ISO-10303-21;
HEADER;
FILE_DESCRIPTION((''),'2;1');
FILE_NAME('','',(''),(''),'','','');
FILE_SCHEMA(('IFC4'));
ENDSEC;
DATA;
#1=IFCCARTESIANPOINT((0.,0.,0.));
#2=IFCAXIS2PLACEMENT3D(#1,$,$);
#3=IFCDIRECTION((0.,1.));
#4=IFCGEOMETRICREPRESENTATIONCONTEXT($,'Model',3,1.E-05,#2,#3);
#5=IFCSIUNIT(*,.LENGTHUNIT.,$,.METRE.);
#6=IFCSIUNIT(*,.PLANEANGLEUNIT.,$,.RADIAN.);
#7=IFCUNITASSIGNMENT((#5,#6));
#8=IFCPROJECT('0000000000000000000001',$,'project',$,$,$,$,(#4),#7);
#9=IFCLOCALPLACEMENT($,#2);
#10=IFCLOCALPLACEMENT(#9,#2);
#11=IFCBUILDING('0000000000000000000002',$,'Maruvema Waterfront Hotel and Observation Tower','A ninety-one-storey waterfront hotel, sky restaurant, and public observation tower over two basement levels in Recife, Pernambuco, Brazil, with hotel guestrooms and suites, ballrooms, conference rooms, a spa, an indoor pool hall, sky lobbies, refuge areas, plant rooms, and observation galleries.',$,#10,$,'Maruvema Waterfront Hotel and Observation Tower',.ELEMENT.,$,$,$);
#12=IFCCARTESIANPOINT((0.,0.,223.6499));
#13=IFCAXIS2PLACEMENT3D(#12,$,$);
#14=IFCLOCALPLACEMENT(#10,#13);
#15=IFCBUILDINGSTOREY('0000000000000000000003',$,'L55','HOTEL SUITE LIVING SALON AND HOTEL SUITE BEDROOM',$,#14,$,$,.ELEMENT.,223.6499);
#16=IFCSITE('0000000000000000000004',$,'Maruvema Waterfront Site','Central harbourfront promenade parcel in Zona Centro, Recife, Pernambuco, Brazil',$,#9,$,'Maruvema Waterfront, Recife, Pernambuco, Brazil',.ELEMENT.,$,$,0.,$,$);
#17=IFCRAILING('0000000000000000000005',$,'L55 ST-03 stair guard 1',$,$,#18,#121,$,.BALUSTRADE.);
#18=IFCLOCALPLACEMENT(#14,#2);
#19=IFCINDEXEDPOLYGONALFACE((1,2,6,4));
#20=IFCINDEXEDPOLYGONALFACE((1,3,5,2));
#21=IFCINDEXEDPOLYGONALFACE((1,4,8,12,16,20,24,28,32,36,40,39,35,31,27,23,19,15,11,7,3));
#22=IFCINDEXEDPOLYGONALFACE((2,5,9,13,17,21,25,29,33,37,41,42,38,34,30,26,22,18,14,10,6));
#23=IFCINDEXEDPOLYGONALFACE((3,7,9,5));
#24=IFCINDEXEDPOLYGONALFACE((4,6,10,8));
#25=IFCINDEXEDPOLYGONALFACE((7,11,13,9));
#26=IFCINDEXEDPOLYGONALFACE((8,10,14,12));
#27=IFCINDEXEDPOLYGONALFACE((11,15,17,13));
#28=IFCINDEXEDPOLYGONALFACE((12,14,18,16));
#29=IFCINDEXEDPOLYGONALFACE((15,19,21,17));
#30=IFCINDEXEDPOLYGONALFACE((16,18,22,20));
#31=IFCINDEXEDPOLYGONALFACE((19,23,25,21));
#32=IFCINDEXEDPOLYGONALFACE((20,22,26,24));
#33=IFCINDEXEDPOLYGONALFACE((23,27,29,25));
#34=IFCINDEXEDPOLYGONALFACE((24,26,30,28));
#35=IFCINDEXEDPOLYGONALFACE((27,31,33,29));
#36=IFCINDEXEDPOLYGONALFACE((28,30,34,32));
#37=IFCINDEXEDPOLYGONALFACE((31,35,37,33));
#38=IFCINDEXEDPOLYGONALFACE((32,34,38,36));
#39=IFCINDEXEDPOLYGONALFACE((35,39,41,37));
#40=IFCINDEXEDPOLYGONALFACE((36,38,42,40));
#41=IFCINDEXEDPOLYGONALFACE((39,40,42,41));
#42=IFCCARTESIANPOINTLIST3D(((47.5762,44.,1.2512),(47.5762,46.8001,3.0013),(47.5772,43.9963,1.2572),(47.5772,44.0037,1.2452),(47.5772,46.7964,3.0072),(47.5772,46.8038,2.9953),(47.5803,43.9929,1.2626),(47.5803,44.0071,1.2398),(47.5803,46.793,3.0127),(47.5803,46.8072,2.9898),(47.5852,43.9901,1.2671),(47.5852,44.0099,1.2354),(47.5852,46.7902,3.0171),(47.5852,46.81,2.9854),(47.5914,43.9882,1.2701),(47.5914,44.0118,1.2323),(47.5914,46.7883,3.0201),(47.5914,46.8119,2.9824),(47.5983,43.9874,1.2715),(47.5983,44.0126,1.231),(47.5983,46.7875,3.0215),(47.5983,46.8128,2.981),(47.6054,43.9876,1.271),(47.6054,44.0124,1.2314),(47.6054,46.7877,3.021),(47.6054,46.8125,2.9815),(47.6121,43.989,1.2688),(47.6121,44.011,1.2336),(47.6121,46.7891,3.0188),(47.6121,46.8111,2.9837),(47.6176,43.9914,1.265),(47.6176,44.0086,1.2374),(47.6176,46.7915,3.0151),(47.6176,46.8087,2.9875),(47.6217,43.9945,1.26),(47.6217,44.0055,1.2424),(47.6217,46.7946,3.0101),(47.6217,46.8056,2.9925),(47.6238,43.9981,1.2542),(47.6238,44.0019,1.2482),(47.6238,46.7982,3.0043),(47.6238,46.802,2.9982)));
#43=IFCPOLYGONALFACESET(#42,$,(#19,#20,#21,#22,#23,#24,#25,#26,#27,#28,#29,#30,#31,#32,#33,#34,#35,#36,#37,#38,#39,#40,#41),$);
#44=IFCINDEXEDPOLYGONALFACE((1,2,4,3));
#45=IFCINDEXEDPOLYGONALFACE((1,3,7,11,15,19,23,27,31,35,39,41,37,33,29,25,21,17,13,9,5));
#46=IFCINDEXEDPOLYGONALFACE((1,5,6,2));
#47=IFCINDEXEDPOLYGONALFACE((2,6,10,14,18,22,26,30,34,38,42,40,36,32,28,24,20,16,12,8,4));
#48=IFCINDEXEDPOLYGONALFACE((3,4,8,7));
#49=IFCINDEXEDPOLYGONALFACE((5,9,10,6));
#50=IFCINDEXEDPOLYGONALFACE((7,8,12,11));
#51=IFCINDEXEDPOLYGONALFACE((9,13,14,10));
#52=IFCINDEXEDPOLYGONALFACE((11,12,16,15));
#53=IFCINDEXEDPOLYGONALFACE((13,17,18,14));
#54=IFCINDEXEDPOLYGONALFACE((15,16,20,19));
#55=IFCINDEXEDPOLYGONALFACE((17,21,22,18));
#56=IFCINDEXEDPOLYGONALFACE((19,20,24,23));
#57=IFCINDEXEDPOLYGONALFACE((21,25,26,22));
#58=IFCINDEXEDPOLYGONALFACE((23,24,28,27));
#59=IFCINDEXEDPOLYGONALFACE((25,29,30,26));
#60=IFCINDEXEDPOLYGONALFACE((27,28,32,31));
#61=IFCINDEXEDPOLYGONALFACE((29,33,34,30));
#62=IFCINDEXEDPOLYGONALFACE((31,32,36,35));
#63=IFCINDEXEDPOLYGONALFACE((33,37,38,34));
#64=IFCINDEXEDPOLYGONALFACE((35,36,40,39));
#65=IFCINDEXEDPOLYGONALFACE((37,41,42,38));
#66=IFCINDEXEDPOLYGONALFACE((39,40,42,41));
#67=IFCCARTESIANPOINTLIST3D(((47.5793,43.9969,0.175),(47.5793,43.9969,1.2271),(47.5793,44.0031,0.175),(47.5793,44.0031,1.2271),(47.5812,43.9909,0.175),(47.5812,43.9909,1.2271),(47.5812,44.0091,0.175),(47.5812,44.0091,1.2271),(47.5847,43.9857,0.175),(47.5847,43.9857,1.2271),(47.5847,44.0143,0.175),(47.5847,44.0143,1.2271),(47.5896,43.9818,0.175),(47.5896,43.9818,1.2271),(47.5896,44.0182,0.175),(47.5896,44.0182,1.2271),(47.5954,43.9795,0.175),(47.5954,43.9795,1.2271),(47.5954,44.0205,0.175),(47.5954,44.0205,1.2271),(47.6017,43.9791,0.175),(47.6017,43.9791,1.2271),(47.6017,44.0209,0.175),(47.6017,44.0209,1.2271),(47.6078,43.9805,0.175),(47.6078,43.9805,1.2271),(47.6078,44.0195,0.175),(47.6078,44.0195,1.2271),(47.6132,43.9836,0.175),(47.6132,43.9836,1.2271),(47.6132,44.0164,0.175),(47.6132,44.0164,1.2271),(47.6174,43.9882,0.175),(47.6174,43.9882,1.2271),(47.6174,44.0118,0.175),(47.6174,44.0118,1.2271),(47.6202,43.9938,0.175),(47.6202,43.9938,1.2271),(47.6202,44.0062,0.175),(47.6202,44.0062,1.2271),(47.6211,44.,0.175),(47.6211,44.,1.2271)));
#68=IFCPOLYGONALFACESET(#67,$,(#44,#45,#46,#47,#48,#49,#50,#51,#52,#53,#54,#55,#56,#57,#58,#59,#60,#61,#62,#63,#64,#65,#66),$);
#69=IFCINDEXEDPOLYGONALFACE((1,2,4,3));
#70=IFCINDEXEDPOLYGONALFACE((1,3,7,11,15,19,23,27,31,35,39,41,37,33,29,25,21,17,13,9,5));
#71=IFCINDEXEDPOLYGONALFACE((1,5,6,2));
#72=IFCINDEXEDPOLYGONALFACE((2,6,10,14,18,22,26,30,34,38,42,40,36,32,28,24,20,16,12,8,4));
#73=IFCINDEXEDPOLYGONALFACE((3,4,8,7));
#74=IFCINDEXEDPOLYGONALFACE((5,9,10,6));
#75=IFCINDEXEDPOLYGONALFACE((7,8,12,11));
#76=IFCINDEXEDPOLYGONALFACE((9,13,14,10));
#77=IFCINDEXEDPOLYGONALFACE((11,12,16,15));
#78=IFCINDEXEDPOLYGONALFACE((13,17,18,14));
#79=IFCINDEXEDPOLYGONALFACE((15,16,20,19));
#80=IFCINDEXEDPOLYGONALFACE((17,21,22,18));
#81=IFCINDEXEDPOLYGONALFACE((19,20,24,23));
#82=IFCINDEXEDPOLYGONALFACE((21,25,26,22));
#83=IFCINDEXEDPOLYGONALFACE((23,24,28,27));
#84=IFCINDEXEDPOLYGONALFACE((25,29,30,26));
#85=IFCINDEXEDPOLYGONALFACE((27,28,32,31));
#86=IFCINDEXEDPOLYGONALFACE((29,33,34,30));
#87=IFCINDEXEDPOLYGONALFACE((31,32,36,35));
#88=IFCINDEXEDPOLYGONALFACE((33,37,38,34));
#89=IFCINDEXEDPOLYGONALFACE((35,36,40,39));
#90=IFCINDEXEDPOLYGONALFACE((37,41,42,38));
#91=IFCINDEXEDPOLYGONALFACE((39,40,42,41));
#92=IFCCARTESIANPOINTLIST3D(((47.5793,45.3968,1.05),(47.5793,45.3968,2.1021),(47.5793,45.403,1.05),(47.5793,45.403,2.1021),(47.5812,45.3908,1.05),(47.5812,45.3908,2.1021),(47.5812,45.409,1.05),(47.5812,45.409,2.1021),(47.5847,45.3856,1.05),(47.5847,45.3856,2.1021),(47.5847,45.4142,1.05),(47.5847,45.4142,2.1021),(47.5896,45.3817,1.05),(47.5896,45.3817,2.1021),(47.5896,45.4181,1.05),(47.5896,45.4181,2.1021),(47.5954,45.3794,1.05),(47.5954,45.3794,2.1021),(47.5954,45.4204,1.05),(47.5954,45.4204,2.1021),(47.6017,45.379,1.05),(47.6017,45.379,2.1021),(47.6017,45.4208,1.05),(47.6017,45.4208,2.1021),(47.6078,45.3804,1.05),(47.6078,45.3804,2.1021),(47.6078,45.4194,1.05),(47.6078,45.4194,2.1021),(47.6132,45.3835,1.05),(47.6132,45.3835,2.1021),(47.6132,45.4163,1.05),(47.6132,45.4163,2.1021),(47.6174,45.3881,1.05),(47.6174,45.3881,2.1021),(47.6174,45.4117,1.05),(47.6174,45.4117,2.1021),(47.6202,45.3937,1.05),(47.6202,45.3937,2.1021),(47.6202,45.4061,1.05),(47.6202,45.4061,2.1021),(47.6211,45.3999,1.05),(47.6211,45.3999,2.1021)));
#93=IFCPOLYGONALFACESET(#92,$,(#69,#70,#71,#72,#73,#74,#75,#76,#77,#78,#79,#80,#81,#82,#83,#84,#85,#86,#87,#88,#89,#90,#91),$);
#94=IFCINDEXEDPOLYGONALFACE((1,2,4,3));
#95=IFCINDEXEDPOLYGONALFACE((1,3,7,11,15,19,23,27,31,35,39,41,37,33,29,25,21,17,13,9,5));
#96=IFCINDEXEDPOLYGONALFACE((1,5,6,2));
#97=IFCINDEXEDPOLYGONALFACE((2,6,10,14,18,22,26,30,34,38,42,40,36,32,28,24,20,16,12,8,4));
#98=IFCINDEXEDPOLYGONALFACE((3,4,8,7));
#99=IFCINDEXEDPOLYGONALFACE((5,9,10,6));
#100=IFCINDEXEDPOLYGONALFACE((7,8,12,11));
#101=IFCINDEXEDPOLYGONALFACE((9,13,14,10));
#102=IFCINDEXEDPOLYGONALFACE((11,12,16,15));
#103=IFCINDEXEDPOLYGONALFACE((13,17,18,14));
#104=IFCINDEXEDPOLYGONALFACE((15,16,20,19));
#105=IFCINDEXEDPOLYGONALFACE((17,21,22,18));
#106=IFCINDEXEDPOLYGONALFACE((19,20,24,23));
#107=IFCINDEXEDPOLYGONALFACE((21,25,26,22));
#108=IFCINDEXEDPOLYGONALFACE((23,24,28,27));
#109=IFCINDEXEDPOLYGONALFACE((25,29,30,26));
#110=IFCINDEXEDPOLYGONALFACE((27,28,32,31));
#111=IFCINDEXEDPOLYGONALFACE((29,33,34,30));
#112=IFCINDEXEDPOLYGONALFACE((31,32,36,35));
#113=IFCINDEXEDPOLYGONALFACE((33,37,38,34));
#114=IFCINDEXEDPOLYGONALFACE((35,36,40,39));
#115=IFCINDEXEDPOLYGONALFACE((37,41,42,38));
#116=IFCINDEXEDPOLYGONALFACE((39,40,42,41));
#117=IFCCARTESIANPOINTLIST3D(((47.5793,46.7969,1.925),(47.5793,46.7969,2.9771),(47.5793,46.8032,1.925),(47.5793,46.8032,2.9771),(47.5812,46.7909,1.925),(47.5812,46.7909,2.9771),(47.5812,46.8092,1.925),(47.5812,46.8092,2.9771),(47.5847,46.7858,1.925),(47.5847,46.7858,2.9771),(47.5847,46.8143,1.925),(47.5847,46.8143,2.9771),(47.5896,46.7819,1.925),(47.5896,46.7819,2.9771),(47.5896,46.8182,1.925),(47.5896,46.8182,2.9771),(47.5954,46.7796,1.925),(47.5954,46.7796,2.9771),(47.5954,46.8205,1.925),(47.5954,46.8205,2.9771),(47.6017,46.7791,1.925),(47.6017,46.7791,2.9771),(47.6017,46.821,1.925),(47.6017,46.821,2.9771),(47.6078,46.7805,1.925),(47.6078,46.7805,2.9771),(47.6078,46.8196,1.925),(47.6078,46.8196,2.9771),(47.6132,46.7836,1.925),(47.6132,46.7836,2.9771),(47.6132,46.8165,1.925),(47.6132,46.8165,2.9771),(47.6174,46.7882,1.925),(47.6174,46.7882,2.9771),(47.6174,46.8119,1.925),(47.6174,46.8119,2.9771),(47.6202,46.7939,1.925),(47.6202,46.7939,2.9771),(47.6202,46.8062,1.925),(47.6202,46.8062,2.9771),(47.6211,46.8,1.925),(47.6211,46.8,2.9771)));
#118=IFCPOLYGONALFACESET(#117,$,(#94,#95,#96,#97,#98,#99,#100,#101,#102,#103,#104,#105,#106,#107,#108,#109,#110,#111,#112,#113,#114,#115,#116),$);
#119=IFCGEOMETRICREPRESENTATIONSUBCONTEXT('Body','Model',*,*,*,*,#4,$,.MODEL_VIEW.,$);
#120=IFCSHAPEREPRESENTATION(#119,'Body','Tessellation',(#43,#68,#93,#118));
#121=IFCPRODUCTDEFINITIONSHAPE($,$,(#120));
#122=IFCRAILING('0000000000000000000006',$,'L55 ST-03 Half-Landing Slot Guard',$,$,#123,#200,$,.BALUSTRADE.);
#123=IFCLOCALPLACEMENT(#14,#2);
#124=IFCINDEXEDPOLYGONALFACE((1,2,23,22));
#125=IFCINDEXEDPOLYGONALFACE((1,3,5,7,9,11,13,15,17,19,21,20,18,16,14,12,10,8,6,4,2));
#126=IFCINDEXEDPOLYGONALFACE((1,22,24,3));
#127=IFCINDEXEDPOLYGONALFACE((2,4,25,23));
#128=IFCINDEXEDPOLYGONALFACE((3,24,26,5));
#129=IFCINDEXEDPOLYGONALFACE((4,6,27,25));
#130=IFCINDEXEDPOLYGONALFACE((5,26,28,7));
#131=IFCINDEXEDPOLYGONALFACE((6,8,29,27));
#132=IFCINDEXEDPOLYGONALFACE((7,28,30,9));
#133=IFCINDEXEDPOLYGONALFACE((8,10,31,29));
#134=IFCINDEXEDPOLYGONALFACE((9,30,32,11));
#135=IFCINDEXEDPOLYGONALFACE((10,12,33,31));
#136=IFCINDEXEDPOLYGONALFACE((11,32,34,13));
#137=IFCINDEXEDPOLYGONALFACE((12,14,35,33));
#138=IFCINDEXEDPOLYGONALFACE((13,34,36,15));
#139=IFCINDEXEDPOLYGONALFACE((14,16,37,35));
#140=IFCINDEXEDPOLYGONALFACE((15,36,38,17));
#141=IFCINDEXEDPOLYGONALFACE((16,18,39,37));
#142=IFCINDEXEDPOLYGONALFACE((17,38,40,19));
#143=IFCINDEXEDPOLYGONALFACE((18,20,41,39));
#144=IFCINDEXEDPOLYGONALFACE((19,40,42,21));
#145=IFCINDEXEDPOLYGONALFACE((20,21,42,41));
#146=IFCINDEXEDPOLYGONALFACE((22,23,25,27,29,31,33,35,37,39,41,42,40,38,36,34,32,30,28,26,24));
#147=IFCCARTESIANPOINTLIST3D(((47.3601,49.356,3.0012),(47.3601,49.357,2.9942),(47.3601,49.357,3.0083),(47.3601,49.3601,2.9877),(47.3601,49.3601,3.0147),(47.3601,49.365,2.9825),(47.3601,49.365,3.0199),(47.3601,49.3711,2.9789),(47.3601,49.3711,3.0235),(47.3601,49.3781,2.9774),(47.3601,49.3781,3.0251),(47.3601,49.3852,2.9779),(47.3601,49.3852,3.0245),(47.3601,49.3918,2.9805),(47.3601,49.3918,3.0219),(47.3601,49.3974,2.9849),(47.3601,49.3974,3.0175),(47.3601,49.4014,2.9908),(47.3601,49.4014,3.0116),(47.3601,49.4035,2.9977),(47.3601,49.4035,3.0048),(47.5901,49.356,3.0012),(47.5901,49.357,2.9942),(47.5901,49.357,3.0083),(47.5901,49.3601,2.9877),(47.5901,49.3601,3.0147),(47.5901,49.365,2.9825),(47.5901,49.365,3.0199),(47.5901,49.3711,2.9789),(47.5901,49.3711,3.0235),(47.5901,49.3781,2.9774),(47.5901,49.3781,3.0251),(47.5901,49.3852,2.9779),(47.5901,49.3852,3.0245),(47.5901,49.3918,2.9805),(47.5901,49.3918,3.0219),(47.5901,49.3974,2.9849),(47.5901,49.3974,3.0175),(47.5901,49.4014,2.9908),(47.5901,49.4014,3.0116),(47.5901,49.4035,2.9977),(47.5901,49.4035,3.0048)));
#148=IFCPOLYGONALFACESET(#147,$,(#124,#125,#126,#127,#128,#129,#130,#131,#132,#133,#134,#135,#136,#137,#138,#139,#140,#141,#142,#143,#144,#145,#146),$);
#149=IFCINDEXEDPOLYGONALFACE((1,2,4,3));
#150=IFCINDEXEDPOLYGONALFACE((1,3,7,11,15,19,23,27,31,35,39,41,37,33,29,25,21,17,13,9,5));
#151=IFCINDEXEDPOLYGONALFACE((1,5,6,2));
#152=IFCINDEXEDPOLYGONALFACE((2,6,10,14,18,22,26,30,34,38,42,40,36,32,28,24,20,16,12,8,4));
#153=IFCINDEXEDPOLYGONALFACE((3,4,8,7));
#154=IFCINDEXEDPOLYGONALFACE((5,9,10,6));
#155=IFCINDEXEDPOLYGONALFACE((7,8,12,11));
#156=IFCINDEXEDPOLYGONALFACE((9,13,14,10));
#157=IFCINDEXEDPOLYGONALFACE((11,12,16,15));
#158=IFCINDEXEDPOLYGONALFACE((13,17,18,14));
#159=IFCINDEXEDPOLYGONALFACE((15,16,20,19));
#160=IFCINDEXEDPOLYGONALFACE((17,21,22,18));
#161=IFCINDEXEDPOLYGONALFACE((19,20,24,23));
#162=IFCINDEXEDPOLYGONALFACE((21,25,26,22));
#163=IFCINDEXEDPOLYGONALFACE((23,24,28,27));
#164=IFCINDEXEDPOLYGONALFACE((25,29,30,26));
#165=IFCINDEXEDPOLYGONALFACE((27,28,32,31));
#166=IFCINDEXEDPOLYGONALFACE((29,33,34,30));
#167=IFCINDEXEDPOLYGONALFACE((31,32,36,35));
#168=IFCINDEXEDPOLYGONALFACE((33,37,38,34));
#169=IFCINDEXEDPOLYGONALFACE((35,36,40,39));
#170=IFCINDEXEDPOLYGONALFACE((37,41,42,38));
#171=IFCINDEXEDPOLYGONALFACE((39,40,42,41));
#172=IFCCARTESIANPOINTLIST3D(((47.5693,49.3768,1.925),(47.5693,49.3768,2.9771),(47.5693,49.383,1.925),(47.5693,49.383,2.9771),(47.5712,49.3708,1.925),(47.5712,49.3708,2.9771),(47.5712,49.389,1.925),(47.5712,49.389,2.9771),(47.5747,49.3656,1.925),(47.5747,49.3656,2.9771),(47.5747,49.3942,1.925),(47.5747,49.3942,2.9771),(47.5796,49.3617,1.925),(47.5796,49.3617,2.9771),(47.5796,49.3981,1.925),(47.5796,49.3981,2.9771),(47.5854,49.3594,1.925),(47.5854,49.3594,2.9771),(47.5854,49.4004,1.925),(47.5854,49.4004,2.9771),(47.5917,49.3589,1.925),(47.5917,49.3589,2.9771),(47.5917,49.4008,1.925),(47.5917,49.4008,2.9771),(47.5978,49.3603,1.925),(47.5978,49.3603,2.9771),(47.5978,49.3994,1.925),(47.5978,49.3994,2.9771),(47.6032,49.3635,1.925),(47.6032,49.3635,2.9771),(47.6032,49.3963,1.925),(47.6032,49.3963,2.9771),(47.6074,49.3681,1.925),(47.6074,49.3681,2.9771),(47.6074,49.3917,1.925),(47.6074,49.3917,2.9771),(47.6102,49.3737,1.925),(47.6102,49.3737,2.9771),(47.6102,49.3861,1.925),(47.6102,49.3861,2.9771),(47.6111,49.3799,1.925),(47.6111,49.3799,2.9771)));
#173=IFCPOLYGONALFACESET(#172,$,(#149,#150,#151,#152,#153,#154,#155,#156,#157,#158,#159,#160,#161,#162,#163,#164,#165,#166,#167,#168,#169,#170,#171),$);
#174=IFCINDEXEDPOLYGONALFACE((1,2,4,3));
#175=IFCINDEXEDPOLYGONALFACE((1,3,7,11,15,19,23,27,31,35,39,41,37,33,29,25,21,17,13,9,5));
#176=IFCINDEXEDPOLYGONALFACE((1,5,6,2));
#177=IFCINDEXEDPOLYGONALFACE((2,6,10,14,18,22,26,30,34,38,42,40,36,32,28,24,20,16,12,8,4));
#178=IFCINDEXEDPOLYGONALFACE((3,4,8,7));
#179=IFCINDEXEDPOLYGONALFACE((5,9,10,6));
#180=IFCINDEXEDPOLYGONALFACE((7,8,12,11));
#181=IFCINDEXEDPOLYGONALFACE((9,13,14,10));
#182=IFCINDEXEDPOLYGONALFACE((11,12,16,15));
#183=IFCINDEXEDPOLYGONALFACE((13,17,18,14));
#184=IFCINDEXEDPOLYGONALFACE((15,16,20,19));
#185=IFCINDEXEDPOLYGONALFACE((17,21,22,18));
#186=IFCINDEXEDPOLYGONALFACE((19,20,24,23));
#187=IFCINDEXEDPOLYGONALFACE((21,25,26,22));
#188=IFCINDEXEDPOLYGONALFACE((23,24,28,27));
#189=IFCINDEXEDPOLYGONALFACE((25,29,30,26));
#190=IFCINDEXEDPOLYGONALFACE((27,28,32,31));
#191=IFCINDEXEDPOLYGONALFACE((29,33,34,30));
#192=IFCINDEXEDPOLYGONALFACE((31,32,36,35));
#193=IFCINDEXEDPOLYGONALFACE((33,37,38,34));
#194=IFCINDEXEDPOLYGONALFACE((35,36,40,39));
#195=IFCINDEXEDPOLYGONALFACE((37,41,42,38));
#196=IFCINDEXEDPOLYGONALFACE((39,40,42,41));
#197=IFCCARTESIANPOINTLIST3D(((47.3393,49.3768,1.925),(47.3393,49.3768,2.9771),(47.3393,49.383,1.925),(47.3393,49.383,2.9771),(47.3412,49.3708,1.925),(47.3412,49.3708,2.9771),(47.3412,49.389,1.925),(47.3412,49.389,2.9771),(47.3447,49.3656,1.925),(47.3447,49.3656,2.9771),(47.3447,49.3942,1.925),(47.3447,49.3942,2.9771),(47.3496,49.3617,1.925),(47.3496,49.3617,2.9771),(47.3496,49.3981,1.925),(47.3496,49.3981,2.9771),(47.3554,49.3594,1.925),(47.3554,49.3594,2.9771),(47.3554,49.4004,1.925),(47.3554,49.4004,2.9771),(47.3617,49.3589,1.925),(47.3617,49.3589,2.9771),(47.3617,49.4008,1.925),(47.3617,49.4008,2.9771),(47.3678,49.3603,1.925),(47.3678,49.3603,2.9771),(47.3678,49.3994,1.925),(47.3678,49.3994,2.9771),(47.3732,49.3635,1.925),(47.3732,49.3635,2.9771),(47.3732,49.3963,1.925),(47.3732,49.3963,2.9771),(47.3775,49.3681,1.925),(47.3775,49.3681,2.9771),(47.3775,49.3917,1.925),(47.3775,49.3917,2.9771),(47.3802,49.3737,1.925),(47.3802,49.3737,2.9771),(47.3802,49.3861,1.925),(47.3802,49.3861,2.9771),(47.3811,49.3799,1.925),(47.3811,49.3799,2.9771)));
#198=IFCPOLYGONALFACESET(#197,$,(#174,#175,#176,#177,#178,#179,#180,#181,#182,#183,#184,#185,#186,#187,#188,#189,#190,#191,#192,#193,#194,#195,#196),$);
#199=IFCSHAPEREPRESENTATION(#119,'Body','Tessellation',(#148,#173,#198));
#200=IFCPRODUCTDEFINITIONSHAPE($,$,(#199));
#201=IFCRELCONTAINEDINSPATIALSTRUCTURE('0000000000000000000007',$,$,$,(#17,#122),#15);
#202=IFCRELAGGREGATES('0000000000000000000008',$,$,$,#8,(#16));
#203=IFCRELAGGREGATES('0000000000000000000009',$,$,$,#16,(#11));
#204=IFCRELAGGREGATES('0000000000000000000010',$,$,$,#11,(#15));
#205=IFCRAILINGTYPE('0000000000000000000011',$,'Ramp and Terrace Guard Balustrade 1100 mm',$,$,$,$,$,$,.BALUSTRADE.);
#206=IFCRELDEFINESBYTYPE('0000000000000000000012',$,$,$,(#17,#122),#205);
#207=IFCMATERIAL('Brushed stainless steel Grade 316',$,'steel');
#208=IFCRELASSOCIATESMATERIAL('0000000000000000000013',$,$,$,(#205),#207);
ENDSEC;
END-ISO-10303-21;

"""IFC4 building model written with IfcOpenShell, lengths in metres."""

from ifc_helpers import new_model, si_unit, direction, frame, origin, origin_2d, place, context, subcontext, project, spatial, circle, extrude, material, type_object, element, save


model = new_model("IFC4")

# Units and contexts
model_context = context("Model", 3, precision=1e-05, world=origin(), true_north=direction((0.0, 1.0)))
body_context = subcontext(model_context, "Body", "Model", "MODEL_VIEW")
ifc_project = project(units=[si_unit("LENGTHUNIT", "METRE"), si_unit("PLANEANGLEUNIT", "RADIAN")], contexts=[model_context])

# Site, building, storey
site_placement = place(None, origin())
site = spatial("IfcSite", under=ifc_project, at=site_placement, Name="Maruvema Waterfront Site", Description="Central harbourfront promenade parcel in Zona Centro, Recife, Pernambuco, Brazil", LongName="Maruvema Waterfront, Recife, Pernambuco, Brazil", CompositionType="ELEMENT", RefElevation=0.0)
building_placement = place(site_placement, origin())
building = spatial("IfcBuilding", under=site, at=building_placement, Name="Maruvema Waterfront Hotel and Observation Tower", Description="A ninety-one-storey waterfront hotel, sky restaurant, and public observation tower over two basement levels in Recife, Pernambuco, Brazil, with hotel guestrooms and suites, ballrooms, conference rooms, a spa, an indoor pool hall, sky lobbies, refuge areas, plant rooms, and observation galleries.", LongName="Maruvema Waterfront Hotel and Observation Tower", CompositionType="ELEMENT")
storey_placement = place(building_placement, frame((0.0, 0.0, 223.6499)))
storey = spatial("IfcBuildingStorey", under=building, at=storey_placement, Name="L55", Description="HOTEL SUITE LIVING SALON AND HOTEL SUITE BEDROOM", CompositionType="ELEMENT", Elevation=223.6499)

# Railings
ifc_material_1 = material(Name="Brushed stainless steel Grade 316", Category="steel")
railing_type_1 = type_object("IfcRailingType", Name="Ramp and Terrace Guard Balustrade 1100 mm", PredefinedType="BALUSTRADE", material=ifc_material_1)
railing_1_placement = place(storey_placement, frame((47.6001, 44.0, 0.175)))
element("IfcRailing", 1, at=railing_1_placement, inside=storey, type_object=railing_type_1, Name="L55 ST-03 stair guard 1", PredefinedType="BALUSTRADE", context=body_context, shape_type="SweptSolid", body=[
    extrude(circle(Radius=0.0239, at=origin_2d()), frame((0.0, 0.0, 1.0762), z_axis=(0.0, 0.848002, 0.529992), x_axis=(-1.0, 0.0, 0.0)), (0.0, 0.0, 1.0), 3.302),
    extrude(circle(Radius=0.021, at=origin_2d()), origin(), (0.0, 0.0, 1.0), 1.052),
    extrude(circle(Radius=0.021, at=origin_2d()), frame((0.0, 1.3999, 0.875)), (0.0, 0.0, 1.0), 1.052),
    extrude(circle(Radius=0.021, at=origin_2d()), frame((0.0, 2.8, 1.75)), (0.0, 0.0, 1.0), 1.052),
])
railing_2_placement = place(storey_placement, frame((47.5901, 49.3799, 1.925)))
element("IfcRailing", 2, at=railing_2_placement, inside=storey, type_object=railing_type_1, Name="L55 ST-03 Half-Landing Slot Guard", PredefinedType="BALUSTRADE", context=body_context, shape_type="SweptSolid", body=[
    extrude(circle(Radius=0.0239, at=origin_2d()), frame((0.0, 0.0, 1.0762), z_axis=(-1.0, 0.0, 0.0), x_axis=(0.0, -1.0, 0.0)), (0.0, 0.0, 1.0), 0.23),
    extrude(circle(Radius=0.021, at=origin_2d()), origin(), (0.0, 0.0, 1.0), 1.052),
    extrude(circle(Radius=0.021, at=origin_2d()), frame((-0.23, 0.0, 0.0)), (0.0, 0.0, 1.0), 1.052),
])

save(model, "model.ifc")
